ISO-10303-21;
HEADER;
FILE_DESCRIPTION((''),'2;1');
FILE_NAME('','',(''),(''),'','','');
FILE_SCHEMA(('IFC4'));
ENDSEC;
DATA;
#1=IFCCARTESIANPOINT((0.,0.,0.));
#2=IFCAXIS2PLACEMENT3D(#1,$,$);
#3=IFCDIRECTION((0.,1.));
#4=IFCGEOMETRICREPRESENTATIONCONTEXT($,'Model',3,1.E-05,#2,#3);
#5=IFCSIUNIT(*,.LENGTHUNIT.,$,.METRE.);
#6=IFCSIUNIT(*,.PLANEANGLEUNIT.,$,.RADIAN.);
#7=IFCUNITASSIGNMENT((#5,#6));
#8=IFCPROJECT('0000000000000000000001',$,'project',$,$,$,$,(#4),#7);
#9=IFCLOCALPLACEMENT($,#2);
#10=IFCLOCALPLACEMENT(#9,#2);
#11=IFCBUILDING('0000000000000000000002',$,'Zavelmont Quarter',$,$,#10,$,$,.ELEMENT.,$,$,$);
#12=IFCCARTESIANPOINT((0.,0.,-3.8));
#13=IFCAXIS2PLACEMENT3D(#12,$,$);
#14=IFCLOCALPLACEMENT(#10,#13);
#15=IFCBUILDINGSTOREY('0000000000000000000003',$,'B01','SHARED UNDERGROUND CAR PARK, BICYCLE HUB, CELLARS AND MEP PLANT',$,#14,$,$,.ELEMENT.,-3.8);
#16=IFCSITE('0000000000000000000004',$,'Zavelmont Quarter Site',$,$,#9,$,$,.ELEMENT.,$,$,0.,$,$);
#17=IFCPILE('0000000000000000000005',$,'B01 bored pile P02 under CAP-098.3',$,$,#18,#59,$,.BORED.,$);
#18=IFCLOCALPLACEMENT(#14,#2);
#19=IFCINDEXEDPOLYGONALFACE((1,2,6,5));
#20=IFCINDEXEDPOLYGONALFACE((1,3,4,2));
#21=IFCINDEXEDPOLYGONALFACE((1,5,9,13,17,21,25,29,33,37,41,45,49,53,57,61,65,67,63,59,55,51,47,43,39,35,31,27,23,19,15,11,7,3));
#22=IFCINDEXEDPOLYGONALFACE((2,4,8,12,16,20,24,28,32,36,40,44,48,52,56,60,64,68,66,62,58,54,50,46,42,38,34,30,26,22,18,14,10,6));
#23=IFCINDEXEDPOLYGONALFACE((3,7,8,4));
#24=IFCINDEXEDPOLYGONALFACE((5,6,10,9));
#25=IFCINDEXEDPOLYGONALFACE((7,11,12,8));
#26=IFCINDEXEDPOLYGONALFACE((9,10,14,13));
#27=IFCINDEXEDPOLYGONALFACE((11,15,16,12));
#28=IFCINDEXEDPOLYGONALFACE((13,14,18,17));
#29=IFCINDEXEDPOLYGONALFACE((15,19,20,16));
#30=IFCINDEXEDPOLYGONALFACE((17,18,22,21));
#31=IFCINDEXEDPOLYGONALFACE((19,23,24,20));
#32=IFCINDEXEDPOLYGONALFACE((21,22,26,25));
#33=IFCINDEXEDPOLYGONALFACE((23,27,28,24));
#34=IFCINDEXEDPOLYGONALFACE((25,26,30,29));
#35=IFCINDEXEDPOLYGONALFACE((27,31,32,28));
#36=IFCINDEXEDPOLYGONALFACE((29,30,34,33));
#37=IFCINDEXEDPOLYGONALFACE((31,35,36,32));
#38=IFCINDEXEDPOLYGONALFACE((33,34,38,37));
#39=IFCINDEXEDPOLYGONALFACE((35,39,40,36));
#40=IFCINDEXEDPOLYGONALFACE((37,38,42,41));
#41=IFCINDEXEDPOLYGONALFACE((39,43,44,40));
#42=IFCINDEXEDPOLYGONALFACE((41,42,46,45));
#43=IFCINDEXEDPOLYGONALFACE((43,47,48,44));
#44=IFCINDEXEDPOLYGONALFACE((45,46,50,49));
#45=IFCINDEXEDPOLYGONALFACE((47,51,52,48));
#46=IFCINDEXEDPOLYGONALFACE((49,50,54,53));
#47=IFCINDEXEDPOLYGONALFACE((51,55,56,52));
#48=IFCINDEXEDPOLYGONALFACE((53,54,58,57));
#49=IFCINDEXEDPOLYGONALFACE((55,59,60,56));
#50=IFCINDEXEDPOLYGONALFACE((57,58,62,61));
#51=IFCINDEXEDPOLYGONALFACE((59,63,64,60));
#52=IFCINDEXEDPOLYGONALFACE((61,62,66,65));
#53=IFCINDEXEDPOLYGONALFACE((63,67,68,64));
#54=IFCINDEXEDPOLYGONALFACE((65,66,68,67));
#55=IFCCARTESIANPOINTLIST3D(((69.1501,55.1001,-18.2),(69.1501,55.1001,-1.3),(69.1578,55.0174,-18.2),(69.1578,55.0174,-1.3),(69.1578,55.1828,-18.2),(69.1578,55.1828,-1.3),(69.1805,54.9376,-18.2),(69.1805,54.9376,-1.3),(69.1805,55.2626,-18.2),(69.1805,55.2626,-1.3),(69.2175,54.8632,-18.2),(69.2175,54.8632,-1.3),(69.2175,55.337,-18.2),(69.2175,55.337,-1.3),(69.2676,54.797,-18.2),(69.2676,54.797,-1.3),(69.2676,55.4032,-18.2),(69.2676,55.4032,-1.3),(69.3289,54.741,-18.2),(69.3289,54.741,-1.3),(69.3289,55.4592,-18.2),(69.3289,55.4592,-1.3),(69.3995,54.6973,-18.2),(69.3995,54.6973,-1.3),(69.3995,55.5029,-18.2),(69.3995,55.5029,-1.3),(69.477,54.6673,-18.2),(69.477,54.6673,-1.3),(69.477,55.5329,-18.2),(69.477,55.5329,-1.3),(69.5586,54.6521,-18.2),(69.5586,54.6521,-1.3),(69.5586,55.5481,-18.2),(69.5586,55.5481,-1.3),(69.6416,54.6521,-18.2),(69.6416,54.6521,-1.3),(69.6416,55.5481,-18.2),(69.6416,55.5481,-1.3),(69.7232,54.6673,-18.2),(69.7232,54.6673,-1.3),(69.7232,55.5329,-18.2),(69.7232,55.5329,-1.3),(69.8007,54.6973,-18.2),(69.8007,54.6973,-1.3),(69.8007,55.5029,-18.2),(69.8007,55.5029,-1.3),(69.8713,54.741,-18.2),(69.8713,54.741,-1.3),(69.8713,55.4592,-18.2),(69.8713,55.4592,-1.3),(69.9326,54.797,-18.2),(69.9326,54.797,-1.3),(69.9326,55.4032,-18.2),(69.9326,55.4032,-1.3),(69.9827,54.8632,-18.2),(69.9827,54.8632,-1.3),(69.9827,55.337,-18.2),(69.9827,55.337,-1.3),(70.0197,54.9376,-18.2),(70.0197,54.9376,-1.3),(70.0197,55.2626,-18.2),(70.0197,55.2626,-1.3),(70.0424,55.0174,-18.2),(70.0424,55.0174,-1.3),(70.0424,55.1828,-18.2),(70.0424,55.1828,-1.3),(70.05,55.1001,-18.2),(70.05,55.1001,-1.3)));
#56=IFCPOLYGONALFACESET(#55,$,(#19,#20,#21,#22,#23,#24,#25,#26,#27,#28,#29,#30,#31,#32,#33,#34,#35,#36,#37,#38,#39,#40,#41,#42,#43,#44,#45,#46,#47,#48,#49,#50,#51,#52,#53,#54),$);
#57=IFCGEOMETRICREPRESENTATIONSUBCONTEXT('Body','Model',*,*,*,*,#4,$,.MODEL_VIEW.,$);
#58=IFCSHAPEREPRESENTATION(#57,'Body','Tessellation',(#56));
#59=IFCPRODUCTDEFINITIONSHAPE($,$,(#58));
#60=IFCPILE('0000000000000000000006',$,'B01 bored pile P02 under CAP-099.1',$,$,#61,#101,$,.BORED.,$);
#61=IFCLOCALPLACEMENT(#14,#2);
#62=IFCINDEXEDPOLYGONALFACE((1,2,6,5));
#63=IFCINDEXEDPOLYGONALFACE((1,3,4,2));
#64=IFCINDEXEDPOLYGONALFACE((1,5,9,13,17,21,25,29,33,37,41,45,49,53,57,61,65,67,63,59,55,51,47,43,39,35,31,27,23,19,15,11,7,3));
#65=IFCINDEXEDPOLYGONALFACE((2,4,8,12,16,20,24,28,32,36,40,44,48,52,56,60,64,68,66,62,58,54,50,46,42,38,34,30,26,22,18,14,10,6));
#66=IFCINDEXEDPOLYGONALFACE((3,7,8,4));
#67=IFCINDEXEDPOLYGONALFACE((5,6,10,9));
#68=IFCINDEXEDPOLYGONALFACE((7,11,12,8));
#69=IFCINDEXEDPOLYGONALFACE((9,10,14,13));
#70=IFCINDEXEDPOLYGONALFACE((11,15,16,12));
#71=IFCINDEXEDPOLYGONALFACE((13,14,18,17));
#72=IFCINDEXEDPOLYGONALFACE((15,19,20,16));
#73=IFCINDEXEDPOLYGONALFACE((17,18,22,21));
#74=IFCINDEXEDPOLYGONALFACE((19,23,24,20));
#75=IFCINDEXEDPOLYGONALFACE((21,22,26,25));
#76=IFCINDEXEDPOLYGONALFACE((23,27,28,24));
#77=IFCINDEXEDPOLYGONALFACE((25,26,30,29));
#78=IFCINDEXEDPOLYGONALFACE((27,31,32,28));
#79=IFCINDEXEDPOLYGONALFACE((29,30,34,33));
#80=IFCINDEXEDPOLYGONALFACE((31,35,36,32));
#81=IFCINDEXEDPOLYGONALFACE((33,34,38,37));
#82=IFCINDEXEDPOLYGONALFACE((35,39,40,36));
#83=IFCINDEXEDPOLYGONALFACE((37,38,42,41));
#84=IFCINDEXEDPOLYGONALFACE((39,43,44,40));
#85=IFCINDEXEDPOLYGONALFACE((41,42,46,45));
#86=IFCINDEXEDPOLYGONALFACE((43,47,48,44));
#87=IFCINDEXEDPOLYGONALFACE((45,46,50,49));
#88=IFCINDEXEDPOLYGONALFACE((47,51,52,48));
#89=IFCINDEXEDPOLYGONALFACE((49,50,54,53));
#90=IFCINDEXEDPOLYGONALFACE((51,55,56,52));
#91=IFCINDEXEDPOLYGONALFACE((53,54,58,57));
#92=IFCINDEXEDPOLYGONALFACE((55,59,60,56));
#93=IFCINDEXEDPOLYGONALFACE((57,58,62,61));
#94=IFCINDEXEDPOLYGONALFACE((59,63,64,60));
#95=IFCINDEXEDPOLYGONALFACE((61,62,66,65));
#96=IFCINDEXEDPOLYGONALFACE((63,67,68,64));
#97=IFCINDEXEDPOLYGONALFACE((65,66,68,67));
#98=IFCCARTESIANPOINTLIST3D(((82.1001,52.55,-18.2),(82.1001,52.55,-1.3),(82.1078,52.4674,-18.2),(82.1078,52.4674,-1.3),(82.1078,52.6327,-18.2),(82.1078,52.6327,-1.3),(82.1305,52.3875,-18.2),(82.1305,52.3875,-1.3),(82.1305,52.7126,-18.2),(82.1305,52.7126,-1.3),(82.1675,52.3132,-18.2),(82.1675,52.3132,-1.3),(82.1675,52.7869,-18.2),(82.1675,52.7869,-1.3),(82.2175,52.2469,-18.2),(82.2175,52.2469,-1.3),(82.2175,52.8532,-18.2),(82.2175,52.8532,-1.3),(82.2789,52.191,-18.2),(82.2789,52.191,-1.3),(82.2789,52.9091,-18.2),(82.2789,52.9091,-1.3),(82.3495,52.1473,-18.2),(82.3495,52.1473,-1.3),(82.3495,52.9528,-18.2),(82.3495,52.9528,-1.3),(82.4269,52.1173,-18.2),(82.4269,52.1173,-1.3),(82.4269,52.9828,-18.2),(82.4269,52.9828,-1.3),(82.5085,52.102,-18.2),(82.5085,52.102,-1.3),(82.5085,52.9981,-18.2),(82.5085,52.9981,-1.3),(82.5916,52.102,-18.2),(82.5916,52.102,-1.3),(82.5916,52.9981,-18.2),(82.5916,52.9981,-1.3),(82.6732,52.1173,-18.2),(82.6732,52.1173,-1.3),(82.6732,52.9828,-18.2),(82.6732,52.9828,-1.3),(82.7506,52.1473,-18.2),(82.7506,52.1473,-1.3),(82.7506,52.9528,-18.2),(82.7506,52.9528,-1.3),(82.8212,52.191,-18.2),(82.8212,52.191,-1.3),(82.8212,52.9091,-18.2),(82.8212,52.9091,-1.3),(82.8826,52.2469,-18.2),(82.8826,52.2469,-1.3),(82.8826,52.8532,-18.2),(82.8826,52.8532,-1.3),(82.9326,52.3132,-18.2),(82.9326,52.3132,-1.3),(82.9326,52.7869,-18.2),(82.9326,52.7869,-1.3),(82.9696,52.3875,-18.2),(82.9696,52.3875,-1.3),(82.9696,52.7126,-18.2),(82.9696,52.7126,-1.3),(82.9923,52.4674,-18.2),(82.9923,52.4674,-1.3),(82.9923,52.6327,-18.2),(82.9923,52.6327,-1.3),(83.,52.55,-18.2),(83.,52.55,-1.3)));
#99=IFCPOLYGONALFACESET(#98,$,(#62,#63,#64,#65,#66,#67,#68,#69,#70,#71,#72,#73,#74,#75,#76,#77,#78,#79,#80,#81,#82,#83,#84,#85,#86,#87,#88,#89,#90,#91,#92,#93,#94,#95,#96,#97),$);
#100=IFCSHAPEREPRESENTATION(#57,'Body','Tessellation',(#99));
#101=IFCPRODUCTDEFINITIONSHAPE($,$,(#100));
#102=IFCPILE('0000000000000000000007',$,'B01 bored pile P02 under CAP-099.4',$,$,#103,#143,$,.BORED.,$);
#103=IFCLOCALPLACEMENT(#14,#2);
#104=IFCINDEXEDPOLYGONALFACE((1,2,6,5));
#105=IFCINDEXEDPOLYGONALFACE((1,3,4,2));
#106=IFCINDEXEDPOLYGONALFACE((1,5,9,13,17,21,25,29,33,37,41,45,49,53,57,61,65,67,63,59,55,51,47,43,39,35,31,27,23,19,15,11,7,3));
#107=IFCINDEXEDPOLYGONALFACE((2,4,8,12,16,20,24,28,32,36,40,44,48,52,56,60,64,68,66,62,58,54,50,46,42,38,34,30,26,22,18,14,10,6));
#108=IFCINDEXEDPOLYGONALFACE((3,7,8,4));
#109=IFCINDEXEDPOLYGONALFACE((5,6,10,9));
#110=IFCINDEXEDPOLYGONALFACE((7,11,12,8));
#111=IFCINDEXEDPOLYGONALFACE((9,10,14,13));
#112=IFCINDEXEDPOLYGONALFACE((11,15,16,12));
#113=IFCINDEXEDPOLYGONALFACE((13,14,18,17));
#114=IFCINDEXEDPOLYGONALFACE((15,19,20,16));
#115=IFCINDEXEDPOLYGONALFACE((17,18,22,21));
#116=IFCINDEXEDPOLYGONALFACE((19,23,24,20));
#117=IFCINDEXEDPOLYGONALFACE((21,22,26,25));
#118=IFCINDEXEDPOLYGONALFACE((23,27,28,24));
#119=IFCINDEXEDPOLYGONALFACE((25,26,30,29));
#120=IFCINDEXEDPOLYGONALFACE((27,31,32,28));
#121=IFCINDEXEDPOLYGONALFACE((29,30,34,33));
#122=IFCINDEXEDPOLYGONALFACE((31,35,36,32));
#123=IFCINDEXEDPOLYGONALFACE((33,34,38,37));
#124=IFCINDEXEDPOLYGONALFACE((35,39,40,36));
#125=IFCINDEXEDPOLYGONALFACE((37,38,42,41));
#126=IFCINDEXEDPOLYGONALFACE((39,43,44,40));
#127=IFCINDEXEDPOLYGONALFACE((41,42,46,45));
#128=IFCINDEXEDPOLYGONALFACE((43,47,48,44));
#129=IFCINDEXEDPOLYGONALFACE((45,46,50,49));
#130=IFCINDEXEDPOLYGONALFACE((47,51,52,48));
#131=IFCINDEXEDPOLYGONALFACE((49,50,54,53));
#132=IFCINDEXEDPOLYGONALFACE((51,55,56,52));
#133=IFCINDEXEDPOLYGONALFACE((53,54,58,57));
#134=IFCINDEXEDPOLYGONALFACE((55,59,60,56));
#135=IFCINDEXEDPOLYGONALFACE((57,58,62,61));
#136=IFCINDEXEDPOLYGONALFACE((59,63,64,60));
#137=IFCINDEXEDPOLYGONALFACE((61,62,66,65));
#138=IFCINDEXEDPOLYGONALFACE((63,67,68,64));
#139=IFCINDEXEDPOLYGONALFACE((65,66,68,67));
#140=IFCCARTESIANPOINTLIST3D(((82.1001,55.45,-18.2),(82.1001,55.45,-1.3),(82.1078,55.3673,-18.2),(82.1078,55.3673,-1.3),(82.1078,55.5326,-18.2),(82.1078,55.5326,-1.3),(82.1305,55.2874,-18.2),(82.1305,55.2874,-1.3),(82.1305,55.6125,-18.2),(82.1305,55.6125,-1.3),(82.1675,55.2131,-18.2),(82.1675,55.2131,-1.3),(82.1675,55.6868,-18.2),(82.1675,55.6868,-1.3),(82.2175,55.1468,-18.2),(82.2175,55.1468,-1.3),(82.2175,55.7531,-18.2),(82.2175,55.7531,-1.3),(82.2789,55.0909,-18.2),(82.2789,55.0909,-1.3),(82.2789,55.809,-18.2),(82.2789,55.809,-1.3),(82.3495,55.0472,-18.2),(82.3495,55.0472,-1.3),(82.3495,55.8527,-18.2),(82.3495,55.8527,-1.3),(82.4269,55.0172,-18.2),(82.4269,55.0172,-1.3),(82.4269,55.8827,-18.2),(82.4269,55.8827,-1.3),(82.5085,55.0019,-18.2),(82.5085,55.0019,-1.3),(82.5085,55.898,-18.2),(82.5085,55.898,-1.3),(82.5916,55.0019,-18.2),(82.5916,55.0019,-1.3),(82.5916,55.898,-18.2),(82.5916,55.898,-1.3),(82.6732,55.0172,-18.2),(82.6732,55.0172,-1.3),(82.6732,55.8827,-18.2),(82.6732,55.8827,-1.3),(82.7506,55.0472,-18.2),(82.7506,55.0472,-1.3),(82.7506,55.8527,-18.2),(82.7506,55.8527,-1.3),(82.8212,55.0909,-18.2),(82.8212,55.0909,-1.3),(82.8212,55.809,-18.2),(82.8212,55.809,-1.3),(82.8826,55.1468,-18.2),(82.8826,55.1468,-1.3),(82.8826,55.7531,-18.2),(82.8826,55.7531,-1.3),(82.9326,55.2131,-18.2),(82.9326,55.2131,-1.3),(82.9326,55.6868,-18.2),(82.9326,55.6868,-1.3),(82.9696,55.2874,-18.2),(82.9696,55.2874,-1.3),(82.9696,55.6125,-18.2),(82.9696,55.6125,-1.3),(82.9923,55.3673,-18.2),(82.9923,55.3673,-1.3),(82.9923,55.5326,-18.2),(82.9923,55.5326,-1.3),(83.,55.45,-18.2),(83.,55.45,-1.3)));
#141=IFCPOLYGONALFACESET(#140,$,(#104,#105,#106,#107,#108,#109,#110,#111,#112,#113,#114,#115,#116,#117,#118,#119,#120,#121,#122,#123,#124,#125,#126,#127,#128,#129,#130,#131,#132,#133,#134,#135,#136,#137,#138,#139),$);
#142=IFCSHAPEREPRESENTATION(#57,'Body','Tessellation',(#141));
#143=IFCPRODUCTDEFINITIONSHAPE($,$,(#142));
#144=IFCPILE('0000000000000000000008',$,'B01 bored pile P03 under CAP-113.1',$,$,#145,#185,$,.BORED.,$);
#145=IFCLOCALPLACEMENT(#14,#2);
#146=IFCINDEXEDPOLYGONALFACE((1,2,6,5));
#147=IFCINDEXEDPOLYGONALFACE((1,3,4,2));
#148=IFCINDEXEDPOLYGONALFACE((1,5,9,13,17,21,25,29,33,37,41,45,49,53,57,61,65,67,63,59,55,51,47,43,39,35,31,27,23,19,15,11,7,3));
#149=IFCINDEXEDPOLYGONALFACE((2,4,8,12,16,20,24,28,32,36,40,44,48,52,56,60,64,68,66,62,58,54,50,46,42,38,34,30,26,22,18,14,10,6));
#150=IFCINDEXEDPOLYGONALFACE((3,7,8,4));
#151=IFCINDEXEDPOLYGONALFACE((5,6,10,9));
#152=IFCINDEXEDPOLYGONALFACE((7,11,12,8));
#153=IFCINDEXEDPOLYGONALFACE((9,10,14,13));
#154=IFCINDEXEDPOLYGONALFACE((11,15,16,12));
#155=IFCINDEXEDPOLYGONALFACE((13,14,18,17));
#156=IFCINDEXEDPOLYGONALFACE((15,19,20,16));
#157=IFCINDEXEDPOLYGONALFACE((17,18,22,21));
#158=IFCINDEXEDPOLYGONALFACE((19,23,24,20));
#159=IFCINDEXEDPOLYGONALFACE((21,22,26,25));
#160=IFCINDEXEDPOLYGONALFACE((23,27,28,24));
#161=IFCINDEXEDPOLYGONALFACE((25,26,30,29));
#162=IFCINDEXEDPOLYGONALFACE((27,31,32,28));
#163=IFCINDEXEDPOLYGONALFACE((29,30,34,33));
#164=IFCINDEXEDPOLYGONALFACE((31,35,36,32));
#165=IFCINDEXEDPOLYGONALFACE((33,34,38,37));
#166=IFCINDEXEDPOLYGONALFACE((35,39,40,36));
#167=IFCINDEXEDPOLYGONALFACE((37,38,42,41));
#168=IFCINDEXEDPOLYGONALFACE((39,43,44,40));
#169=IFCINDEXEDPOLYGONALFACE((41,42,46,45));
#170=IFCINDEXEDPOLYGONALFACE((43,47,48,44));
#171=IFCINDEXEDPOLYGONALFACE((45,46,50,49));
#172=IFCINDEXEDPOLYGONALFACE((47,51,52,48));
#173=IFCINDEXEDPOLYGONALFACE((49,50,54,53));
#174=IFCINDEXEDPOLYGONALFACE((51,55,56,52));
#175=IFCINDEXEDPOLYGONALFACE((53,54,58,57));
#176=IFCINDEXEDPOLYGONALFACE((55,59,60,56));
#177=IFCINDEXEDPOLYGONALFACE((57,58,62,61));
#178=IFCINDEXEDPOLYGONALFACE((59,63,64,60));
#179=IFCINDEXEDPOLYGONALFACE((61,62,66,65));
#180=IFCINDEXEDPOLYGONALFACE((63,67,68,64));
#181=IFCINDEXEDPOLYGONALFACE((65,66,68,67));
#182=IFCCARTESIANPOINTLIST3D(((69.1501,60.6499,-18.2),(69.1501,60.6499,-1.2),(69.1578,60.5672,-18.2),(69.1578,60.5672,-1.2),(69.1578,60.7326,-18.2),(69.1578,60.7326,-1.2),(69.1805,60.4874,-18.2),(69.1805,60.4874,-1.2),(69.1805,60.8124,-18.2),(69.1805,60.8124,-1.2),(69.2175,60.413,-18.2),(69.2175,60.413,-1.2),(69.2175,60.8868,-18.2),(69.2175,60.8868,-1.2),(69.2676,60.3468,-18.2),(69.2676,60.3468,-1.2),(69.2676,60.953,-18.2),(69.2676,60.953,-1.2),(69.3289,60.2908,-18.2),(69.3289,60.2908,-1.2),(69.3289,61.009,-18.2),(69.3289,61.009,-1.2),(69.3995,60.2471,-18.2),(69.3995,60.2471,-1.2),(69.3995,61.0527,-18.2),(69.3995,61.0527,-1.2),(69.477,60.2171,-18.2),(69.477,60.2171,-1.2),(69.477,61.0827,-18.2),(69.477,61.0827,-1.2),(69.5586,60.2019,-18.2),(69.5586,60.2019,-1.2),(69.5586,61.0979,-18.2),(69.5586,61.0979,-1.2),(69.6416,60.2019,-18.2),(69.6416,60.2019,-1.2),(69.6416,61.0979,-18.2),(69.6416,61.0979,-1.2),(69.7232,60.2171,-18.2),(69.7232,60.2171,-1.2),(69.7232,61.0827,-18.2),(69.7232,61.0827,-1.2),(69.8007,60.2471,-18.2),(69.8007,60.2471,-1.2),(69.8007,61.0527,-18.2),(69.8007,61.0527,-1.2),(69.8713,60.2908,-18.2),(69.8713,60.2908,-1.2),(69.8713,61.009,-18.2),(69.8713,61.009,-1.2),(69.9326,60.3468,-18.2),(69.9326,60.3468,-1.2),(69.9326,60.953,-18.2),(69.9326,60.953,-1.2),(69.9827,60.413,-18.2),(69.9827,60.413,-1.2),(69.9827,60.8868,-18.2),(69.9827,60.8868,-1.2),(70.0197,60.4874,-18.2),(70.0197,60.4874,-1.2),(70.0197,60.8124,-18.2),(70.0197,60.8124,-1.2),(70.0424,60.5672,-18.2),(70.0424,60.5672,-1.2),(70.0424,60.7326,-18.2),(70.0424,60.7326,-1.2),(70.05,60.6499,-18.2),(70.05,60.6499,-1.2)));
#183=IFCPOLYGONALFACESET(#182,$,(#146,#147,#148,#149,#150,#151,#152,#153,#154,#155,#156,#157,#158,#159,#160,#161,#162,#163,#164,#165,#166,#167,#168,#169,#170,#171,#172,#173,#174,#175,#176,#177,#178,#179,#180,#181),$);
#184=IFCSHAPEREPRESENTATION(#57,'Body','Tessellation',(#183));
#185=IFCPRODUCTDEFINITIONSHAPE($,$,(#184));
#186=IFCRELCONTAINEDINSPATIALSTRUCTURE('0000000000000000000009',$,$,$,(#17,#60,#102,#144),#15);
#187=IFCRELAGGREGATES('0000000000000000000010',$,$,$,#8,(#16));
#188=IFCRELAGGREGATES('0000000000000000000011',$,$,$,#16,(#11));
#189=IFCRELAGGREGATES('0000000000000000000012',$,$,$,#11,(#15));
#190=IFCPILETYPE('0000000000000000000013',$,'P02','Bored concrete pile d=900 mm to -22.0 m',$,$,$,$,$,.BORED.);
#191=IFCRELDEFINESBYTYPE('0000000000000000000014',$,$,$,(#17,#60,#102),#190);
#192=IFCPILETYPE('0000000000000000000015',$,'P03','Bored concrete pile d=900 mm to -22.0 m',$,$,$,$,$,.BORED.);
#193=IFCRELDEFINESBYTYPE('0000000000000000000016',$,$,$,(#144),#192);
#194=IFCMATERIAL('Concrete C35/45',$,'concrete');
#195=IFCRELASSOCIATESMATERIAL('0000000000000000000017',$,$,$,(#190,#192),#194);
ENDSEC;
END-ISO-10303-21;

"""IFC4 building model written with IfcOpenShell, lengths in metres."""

from ifc_helpers import new_model, si_unit, direction, frame, origin, origin_2d, place, context, subcontext, project, spatial, circle, extrude, material, material_profile, profile_set, type_object, element, save


model = new_model("IFC4")

# Units and contexts
model_context = context("Model", 3, precision=1e-05, world=origin(), true_north=direction((0.0, 1.0)))
body_context = subcontext(model_context, "Body", "Model", "MODEL_VIEW")
ifc_project = project(units=[si_unit("LENGTHUNIT", "METRE"), si_unit("PLANEANGLEUNIT", "RADIAN")], contexts=[model_context])

# Site, building, storey
site_placement = place(None, origin())
site = spatial("IfcSite", under=ifc_project, at=site_placement, Name="Zavelmont Quarter Site", CompositionType="ELEMENT", RefElevation=0.0)
building_placement = place(site_placement, origin())
building = spatial("IfcBuilding", under=site, at=building_placement, Name="Zavelmont Quarter", CompositionType="ELEMENT")
storey_placement = place(building_placement, frame((0.0, 0.0, -3.8)))
storey = spatial("IfcBuildingStorey", under=building, at=storey_placement, Name="B01", Description="SHARED UNDERGROUND CAR PARK, BICYCLE HUB, CELLARS AND MEP PLANT", CompositionType="ELEMENT", Elevation=-3.8)

# Shared definitions
ifc_material_1 = material(Name="Concrete C35/45", Category="concrete")

# Piles
ifc_material_profile_1 = material_profile(ifc_material_1, circle(Radius=0.45, at=origin_2d()), Name="BP900")
ifc_profile_set_1 = profile_set([ifc_material_profile_1], Name="Concrete C35/45")
pile_type_1 = type_object("IfcPileType", Name="P02", Description="Bored concrete pile d=900 mm to -22.0 m", PredefinedType="BORED", material=ifc_profile_set_1)
for number, where, z_axis, x_axis, name in (
    (1, (69.6001, 55.1001, -1.3), (0.0, 0.0, -1.0), (1.0, 0.0, 0.0), "B01 bored pile P02 under CAP-098.3"),
    (2, (82.55, 52.55, -1.3), (0.0, 0.0, -1.0), (1.0, 0.0, 0.0), "B01 bored pile P02 under CAP-099.1"),
    (3, (82.55, 55.45, -1.3), (0.0, 0.0, -1.0), (1.0, 0.0, 0.0), "B01 bored pile P02 under CAP-099.4"),
):
    element("IfcPile", number, at=place(storey_placement, frame(where, z_axis=z_axis, x_axis=x_axis)), inside=storey, type_object=pile_type_1, Name=name, PredefinedType="BORED", context=body_context, shape_type="SweptSolid", body=[
        extrude(circle(Radius=0.45, at=origin_2d()), origin(), (0.0, 0.0, 1.0), 16.8999),
    ])
ifc_material_profile_2 = material_profile(ifc_material_1, circle(Radius=0.45, at=origin_2d()), Name="BP900")
ifc_profile_set_2 = profile_set([ifc_material_profile_2], Name="Concrete C35/45")
pile_type_2 = type_object("IfcPileType", Name="P03", Description="Bored concrete pile d=900 mm to -22.0 m", PredefinedType="BORED", material=ifc_profile_set_2)
for number, where, z_axis, x_axis, name in (
    (4, (69.6001, 60.6499, -1.2), (0.0, 0.0, -1.0), (1.0, 0.0, 0.0), "B01 bored pile P03 under CAP-113.1"),
):
    element("IfcPile", number, at=place(storey_placement, frame(where, z_axis=z_axis, x_axis=x_axis)), inside=storey, type_object=pile_type_2, Name=name, PredefinedType="BORED", context=body_context, shape_type="SweptSolid", body=[
        extrude(circle(Radius=0.45, at=origin_2d()), origin(), (0.0, 0.0, 1.0), 17.0),
    ])

save(model, "model.ifc")
